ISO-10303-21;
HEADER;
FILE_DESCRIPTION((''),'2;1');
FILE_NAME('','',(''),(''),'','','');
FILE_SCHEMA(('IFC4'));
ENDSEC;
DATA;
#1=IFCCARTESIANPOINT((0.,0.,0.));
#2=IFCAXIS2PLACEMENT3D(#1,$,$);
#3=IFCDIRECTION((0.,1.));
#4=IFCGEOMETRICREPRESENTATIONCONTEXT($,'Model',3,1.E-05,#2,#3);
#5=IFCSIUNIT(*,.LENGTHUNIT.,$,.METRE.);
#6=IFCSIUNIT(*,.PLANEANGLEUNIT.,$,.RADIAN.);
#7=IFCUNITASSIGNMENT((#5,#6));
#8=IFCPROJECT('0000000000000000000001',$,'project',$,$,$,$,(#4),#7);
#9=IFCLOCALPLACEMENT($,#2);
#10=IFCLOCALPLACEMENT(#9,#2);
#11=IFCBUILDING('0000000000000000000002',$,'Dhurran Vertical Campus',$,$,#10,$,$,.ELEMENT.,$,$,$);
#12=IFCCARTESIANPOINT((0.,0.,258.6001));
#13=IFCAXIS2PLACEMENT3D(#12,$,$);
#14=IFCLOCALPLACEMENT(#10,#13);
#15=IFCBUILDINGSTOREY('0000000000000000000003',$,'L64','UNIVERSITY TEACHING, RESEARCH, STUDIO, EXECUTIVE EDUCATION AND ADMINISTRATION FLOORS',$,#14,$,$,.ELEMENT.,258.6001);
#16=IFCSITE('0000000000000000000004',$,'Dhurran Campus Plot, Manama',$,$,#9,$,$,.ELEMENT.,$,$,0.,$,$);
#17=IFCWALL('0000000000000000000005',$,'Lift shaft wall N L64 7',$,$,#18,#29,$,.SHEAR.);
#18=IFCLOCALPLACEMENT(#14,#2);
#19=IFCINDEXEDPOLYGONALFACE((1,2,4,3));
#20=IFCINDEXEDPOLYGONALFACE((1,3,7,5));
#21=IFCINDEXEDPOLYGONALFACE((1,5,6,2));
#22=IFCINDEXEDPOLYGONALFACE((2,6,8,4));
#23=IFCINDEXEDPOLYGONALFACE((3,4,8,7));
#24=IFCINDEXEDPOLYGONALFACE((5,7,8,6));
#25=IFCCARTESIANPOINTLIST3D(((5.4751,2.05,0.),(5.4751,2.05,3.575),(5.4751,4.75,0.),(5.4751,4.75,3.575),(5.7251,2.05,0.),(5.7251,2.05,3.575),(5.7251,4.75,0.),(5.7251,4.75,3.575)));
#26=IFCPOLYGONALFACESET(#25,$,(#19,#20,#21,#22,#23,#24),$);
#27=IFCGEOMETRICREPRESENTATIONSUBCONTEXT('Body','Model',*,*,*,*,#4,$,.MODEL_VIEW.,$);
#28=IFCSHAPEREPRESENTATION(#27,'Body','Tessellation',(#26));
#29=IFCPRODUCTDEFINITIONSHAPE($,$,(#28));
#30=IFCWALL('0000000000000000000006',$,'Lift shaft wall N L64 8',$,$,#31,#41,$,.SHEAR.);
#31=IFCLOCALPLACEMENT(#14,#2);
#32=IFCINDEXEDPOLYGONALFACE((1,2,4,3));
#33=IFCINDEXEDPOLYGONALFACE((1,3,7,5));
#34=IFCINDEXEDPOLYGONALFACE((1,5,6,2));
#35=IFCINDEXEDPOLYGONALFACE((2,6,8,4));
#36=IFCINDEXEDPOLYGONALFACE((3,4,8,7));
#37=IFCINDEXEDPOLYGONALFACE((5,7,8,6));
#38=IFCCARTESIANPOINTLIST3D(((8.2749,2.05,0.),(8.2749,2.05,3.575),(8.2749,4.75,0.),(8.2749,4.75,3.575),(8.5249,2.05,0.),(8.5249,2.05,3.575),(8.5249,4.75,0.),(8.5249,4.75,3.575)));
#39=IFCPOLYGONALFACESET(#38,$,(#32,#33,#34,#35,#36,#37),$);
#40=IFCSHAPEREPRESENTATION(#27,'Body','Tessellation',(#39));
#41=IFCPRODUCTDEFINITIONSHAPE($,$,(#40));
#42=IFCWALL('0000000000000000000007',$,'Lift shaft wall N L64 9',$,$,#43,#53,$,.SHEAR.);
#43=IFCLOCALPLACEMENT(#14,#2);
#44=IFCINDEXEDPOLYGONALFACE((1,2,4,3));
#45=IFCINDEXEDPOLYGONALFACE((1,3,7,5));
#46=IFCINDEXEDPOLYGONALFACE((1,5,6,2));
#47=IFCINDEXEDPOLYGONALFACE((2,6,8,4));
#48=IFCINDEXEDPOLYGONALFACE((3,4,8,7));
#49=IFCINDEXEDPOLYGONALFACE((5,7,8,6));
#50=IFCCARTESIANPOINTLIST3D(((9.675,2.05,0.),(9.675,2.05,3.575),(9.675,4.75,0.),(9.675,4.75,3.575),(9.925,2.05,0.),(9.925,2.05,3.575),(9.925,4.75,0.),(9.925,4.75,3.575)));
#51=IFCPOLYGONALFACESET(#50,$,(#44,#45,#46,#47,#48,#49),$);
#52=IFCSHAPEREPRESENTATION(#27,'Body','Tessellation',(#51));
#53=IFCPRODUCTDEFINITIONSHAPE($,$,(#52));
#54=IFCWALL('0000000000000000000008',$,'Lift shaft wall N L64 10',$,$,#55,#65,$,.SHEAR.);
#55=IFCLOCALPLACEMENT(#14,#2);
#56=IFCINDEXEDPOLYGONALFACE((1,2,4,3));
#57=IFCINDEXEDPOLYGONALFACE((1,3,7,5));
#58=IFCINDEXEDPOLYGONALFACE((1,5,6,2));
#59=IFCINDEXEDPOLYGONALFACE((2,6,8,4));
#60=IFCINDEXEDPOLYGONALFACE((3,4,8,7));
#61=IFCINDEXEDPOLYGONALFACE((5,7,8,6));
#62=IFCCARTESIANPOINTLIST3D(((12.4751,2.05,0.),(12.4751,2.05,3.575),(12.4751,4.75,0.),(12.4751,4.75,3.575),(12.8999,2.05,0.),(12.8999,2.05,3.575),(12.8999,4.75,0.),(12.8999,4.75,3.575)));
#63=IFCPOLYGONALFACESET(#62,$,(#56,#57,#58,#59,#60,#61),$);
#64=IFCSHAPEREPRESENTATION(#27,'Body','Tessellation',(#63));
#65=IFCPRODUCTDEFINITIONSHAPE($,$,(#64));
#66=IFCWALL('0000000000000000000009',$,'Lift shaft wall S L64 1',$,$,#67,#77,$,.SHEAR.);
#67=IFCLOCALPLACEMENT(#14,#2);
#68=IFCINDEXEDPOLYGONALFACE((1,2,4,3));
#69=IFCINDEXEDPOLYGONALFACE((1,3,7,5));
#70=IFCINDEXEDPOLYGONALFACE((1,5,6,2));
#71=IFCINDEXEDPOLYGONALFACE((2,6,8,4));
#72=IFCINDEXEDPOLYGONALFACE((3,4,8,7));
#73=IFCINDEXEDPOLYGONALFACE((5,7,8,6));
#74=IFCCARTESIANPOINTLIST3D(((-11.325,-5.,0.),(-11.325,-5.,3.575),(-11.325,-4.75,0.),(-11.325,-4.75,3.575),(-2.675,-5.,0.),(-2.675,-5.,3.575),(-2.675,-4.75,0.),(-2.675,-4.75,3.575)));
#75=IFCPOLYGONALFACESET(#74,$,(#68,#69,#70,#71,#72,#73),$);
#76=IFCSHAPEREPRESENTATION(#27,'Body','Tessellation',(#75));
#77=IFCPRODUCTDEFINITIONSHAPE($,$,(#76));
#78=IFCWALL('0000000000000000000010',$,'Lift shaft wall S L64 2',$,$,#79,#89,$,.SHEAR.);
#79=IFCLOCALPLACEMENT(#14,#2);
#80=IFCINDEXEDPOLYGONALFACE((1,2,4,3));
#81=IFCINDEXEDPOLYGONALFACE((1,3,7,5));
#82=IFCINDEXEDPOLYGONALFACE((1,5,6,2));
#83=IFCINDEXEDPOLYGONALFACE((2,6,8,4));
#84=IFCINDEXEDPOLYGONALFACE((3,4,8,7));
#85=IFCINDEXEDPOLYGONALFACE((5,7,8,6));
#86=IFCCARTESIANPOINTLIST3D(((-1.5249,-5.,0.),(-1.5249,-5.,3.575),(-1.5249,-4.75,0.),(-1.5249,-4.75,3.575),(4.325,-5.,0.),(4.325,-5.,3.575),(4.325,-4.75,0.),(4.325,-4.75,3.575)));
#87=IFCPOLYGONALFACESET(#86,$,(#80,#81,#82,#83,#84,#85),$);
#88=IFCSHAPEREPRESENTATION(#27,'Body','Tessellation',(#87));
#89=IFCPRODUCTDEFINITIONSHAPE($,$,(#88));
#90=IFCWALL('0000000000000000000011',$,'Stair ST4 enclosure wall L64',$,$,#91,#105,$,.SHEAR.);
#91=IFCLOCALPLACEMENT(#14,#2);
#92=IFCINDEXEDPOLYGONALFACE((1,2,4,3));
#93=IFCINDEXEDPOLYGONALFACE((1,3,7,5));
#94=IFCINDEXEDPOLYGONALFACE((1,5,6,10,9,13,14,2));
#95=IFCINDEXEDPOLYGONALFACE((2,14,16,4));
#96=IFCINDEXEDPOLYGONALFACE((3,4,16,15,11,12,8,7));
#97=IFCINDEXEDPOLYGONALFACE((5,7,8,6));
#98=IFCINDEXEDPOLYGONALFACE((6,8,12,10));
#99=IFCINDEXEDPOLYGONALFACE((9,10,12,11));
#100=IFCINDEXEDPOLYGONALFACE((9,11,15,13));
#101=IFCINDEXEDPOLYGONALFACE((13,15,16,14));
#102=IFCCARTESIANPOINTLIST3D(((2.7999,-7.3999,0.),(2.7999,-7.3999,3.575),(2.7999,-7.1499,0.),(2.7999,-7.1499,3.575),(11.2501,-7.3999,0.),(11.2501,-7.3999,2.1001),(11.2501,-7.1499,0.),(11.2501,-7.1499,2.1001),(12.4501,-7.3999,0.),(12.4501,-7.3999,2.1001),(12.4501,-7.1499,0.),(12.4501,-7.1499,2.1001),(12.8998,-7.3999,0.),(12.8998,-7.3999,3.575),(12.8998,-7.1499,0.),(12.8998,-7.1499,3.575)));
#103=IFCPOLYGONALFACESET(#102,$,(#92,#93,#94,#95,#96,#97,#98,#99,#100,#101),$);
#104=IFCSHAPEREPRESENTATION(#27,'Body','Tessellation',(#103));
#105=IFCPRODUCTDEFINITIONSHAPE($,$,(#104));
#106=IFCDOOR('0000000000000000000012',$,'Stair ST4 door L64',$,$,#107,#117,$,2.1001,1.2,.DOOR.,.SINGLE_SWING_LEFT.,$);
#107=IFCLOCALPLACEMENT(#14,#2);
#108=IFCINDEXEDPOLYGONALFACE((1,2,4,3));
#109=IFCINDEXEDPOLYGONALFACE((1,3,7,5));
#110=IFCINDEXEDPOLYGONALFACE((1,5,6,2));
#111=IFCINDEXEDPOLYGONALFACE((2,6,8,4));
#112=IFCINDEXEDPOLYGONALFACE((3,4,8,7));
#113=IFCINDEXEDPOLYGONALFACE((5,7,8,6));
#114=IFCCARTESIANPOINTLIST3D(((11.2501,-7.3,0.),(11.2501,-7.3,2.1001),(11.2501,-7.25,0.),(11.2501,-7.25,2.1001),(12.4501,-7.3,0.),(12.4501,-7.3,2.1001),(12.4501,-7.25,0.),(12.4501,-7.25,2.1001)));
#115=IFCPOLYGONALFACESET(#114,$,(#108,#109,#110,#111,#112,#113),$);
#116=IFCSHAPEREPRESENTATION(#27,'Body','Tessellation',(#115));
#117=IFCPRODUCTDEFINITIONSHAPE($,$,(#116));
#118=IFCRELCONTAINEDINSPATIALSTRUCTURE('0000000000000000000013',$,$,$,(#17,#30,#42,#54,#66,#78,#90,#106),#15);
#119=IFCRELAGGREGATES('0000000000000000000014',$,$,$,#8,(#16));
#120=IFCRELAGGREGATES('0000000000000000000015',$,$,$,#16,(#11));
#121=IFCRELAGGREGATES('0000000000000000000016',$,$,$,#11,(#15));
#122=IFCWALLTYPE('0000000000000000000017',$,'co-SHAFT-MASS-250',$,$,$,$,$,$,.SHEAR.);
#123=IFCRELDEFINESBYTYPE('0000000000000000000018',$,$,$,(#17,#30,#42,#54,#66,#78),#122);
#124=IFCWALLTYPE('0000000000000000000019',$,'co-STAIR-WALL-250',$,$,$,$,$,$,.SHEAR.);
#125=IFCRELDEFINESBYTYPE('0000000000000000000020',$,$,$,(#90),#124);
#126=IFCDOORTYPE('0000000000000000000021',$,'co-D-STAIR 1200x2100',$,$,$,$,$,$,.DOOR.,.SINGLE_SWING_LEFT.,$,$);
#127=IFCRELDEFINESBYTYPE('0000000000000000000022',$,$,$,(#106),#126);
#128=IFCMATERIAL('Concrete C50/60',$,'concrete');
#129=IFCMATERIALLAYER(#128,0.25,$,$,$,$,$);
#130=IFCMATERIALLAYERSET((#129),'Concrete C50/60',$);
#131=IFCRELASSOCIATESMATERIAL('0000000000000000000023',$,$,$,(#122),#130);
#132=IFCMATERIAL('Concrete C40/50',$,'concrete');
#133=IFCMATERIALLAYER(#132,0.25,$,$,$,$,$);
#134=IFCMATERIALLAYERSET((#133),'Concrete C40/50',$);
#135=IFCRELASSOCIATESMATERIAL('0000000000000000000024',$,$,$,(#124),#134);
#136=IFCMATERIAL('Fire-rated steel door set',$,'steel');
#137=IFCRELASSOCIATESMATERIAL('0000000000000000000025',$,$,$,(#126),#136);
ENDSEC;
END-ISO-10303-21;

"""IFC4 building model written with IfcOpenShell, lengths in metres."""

from ifc_helpers import new_model, si_unit, direction, frame, frame_2d, origin, place, context, subcontext, project, spatial, polyline, rectangle, outline, extrude, material, layer, layer_set, type_object, element, fill, save


model = new_model("IFC4")

# Units and contexts
model_context = context("Model", 3, precision=1e-05, world=origin(), true_north=direction((0.0, 1.0)))
body_context = subcontext(model_context, "Body", "Model", "MODEL_VIEW")
ifc_project = project(units=[si_unit("LENGTHUNIT", "METRE"), si_unit("PLANEANGLEUNIT", "RADIAN")], contexts=[model_context])

# Site, building, storey
site_placement = place(None, origin())
site = spatial("IfcSite", under=ifc_project, at=site_placement, Name="Dhurran Campus Plot, Manama", CompositionType="ELEMENT", RefElevation=0.0)
building_placement = place(site_placement, origin())
building = spatial("IfcBuilding", under=site, at=building_placement, Name="Dhurran Vertical Campus", CompositionType="ELEMENT")
storey_placement = place(building_placement, frame((0.0, 0.0, 258.6001)))
storey = spatial("IfcBuildingStorey", under=building, at=storey_placement, Name="L64", Description="UNIVERSITY TEACHING, RESEARCH, STUDIO, EXECUTIVE EDUCATION AND ADMINISTRATION FLOORS", CompositionType="ELEMENT", Elevation=258.6001)

# Walls
ifc_material_1 = material(Name="Concrete C50/60", Category="concrete")
ifc_layer_1 = layer(ifc_material_1, 0.25)
ifc_layer_set_1 = layer_set([ifc_layer_1], Name="Concrete C50/60")
wall_type_1 = type_object("IfcWallType", Name="co-SHAFT-MASS-250", PredefinedType="SHEAR", material=ifc_layer_set_1)
wall_1_placement = place(storey_placement, origin())
element("IfcWall", 1, at=wall_1_placement, inside=storey, type_object=wall_type_1, Name="Lift shaft wall N L64 7", PredefinedType="SHEAR", context=body_context, shape_type="SweptSolid", body=[
    extrude(outline(polyline([(5.4751, 2.05), (5.7251, 2.05), (5.7251, 4.75), (5.4751, 4.75), (5.4751, 2.05)])), origin(), (0.0, 0.0, 1.0), 3.575),
])
wall_2_placement = place(storey_placement, origin())
element("IfcWall", 2, at=wall_2_placement, inside=storey, type_object=wall_type_1, Name="Lift shaft wall N L64 8", PredefinedType="SHEAR", context=body_context, shape_type="SweptSolid", body=[
    extrude(outline(polyline([(8.2749, 2.05), (8.5249, 2.05), (8.5249, 4.75), (8.2749, 4.75), (8.2749, 2.05)])), origin(), (0.0, 0.0, 1.0), 3.575),
])
wall_3_placement = place(storey_placement, origin())
element("IfcWall", 3, at=wall_3_placement, inside=storey, type_object=wall_type_1, Name="Lift shaft wall N L64 9", PredefinedType="SHEAR", context=body_context, shape_type="SweptSolid", body=[
    extrude(outline(polyline([(9.675, 2.05), (9.925, 2.05), (9.925, 4.75), (9.675, 4.75), (9.675, 2.05)])), origin(), (0.0, 0.0, 1.0), 3.575),
])
wall_4_placement = place(storey_placement, origin())
element("IfcWall", 4, at=wall_4_placement, inside=storey, type_object=wall_type_1, Name="Lift shaft wall N L64 10", PredefinedType="SHEAR", context=body_context, shape_type="SweptSolid", body=[
    extrude(outline(polyline([(12.4751, 2.05), (12.8999, 2.05), (12.8999, 4.75), (12.4751, 4.75), (12.4751, 2.05)])), origin(), (0.0, 0.0, 1.0), 3.575),
])
wall_5_placement = place(storey_placement, origin())
element("IfcWall", 5, at=wall_5_placement, inside=storey, type_object=wall_type_1, Name="Lift shaft wall S L64 1", PredefinedType="SHEAR", context=body_context, shape_type="SweptSolid", body=[
    extrude(outline(polyline([(-11.325, -5.0), (-2.675, -5.0), (-2.675, -4.75), (-11.325, -4.75), (-11.325, -5.0)])), origin(), (0.0, 0.0, 1.0), 3.575),
])
wall_6_placement = place(storey_placement, origin())
element("IfcWall", 6, at=wall_6_placement, inside=storey, type_object=wall_type_1, Name="Lift shaft wall S L64 2", PredefinedType="SHEAR", context=body_context, shape_type="SweptSolid", body=[
    extrude(outline(polyline([(-1.5249, -5.0), (4.325, -5.0), (4.325, -4.75), (-1.5249, -4.75), (-1.5249, -5.0)])), origin(), (0.0, 0.0, 1.0), 3.575),
])

# Wall, opening, door
ifc_material_2 = material(Name="Concrete C40/50", Category="concrete")
ifc_layer_2 = layer(ifc_material_2, 0.25)
ifc_layer_set_2 = layer_set([ifc_layer_2], Name="Concrete C40/50")
wall_type_2 = type_object("IfcWallType", Name="co-STAIR-WALL-250", PredefinedType="SHEAR", material=ifc_layer_set_2)
wall_7_placement = place(storey_placement, frame((2.8, -7.2749, 0.0), z_axis=(0.0, 0.0, 1.0), x_axis=(1.0, 0.0, 0.0)))
wall_7 = element("IfcWall", 7, at=wall_7_placement, inside=storey, type_object=wall_type_2, Name="Stair ST4 enclosure wall L64", PredefinedType="SHEAR", context=body_context, shape_type="SweptSolid", body=[
    extrude(rectangle(XDim=10.0999, YDim=0.25, at=frame_2d((5.0498, 0.0))), origin(), (0.0, 0.0, 1.0), 3.575),
])
opening_1_placement = place(wall_7_placement, frame((8.45, 0.0, 0.0)))
opening_1 = element("IfcOpeningElement", 8, at=opening_1_placement, cuts=wall_7, PredefinedType="OPENING", context=body_context, shape_type="SweptSolid", body=[
    extrude(rectangle(XDim=1.2, YDim=2.1001, at=frame_2d((0.6001, 1.05))), frame((0.0, 0.135, 0.0), z_axis=(0.0, -1.0, 0.0), x_axis=(1.0, 0.0, 0.0)), (0.0, 0.0, 1.0), 0.27),
])
ifc_material_3 = material(Name="Fire-rated steel door set", Category="steel")
door_type_1 = type_object("IfcDoorType", Name="co-D-STAIR 1200x2100", OperationType="SINGLE_SWING_LEFT", PredefinedType="DOOR", material=ifc_material_3)
door_1_placement = place(opening_1_placement, origin())
door_1 = element("IfcDoor", 9, at=door_1_placement, inside=storey, type_object=door_type_1, Name="Stair ST4 door L64", OperationType="SINGLE_SWING_LEFT", OverallHeight=2.1001, OverallWidth=1.2, PredefinedType="DOOR", context=body_context, shape_type="SweptSolid", body=[
    extrude(rectangle(XDim=1.2, YDim=2.1001, at=frame_2d((0.6001, 1.05))), frame((0.0, 0.0249, 0.0), z_axis=(0.0, -1.0, 0.0), x_axis=(1.0, 0.0, 0.0)), (0.0, 0.0, 1.0), 0.05),
])
fill(opening_1, door_1)

save(model, "model.ifc")
